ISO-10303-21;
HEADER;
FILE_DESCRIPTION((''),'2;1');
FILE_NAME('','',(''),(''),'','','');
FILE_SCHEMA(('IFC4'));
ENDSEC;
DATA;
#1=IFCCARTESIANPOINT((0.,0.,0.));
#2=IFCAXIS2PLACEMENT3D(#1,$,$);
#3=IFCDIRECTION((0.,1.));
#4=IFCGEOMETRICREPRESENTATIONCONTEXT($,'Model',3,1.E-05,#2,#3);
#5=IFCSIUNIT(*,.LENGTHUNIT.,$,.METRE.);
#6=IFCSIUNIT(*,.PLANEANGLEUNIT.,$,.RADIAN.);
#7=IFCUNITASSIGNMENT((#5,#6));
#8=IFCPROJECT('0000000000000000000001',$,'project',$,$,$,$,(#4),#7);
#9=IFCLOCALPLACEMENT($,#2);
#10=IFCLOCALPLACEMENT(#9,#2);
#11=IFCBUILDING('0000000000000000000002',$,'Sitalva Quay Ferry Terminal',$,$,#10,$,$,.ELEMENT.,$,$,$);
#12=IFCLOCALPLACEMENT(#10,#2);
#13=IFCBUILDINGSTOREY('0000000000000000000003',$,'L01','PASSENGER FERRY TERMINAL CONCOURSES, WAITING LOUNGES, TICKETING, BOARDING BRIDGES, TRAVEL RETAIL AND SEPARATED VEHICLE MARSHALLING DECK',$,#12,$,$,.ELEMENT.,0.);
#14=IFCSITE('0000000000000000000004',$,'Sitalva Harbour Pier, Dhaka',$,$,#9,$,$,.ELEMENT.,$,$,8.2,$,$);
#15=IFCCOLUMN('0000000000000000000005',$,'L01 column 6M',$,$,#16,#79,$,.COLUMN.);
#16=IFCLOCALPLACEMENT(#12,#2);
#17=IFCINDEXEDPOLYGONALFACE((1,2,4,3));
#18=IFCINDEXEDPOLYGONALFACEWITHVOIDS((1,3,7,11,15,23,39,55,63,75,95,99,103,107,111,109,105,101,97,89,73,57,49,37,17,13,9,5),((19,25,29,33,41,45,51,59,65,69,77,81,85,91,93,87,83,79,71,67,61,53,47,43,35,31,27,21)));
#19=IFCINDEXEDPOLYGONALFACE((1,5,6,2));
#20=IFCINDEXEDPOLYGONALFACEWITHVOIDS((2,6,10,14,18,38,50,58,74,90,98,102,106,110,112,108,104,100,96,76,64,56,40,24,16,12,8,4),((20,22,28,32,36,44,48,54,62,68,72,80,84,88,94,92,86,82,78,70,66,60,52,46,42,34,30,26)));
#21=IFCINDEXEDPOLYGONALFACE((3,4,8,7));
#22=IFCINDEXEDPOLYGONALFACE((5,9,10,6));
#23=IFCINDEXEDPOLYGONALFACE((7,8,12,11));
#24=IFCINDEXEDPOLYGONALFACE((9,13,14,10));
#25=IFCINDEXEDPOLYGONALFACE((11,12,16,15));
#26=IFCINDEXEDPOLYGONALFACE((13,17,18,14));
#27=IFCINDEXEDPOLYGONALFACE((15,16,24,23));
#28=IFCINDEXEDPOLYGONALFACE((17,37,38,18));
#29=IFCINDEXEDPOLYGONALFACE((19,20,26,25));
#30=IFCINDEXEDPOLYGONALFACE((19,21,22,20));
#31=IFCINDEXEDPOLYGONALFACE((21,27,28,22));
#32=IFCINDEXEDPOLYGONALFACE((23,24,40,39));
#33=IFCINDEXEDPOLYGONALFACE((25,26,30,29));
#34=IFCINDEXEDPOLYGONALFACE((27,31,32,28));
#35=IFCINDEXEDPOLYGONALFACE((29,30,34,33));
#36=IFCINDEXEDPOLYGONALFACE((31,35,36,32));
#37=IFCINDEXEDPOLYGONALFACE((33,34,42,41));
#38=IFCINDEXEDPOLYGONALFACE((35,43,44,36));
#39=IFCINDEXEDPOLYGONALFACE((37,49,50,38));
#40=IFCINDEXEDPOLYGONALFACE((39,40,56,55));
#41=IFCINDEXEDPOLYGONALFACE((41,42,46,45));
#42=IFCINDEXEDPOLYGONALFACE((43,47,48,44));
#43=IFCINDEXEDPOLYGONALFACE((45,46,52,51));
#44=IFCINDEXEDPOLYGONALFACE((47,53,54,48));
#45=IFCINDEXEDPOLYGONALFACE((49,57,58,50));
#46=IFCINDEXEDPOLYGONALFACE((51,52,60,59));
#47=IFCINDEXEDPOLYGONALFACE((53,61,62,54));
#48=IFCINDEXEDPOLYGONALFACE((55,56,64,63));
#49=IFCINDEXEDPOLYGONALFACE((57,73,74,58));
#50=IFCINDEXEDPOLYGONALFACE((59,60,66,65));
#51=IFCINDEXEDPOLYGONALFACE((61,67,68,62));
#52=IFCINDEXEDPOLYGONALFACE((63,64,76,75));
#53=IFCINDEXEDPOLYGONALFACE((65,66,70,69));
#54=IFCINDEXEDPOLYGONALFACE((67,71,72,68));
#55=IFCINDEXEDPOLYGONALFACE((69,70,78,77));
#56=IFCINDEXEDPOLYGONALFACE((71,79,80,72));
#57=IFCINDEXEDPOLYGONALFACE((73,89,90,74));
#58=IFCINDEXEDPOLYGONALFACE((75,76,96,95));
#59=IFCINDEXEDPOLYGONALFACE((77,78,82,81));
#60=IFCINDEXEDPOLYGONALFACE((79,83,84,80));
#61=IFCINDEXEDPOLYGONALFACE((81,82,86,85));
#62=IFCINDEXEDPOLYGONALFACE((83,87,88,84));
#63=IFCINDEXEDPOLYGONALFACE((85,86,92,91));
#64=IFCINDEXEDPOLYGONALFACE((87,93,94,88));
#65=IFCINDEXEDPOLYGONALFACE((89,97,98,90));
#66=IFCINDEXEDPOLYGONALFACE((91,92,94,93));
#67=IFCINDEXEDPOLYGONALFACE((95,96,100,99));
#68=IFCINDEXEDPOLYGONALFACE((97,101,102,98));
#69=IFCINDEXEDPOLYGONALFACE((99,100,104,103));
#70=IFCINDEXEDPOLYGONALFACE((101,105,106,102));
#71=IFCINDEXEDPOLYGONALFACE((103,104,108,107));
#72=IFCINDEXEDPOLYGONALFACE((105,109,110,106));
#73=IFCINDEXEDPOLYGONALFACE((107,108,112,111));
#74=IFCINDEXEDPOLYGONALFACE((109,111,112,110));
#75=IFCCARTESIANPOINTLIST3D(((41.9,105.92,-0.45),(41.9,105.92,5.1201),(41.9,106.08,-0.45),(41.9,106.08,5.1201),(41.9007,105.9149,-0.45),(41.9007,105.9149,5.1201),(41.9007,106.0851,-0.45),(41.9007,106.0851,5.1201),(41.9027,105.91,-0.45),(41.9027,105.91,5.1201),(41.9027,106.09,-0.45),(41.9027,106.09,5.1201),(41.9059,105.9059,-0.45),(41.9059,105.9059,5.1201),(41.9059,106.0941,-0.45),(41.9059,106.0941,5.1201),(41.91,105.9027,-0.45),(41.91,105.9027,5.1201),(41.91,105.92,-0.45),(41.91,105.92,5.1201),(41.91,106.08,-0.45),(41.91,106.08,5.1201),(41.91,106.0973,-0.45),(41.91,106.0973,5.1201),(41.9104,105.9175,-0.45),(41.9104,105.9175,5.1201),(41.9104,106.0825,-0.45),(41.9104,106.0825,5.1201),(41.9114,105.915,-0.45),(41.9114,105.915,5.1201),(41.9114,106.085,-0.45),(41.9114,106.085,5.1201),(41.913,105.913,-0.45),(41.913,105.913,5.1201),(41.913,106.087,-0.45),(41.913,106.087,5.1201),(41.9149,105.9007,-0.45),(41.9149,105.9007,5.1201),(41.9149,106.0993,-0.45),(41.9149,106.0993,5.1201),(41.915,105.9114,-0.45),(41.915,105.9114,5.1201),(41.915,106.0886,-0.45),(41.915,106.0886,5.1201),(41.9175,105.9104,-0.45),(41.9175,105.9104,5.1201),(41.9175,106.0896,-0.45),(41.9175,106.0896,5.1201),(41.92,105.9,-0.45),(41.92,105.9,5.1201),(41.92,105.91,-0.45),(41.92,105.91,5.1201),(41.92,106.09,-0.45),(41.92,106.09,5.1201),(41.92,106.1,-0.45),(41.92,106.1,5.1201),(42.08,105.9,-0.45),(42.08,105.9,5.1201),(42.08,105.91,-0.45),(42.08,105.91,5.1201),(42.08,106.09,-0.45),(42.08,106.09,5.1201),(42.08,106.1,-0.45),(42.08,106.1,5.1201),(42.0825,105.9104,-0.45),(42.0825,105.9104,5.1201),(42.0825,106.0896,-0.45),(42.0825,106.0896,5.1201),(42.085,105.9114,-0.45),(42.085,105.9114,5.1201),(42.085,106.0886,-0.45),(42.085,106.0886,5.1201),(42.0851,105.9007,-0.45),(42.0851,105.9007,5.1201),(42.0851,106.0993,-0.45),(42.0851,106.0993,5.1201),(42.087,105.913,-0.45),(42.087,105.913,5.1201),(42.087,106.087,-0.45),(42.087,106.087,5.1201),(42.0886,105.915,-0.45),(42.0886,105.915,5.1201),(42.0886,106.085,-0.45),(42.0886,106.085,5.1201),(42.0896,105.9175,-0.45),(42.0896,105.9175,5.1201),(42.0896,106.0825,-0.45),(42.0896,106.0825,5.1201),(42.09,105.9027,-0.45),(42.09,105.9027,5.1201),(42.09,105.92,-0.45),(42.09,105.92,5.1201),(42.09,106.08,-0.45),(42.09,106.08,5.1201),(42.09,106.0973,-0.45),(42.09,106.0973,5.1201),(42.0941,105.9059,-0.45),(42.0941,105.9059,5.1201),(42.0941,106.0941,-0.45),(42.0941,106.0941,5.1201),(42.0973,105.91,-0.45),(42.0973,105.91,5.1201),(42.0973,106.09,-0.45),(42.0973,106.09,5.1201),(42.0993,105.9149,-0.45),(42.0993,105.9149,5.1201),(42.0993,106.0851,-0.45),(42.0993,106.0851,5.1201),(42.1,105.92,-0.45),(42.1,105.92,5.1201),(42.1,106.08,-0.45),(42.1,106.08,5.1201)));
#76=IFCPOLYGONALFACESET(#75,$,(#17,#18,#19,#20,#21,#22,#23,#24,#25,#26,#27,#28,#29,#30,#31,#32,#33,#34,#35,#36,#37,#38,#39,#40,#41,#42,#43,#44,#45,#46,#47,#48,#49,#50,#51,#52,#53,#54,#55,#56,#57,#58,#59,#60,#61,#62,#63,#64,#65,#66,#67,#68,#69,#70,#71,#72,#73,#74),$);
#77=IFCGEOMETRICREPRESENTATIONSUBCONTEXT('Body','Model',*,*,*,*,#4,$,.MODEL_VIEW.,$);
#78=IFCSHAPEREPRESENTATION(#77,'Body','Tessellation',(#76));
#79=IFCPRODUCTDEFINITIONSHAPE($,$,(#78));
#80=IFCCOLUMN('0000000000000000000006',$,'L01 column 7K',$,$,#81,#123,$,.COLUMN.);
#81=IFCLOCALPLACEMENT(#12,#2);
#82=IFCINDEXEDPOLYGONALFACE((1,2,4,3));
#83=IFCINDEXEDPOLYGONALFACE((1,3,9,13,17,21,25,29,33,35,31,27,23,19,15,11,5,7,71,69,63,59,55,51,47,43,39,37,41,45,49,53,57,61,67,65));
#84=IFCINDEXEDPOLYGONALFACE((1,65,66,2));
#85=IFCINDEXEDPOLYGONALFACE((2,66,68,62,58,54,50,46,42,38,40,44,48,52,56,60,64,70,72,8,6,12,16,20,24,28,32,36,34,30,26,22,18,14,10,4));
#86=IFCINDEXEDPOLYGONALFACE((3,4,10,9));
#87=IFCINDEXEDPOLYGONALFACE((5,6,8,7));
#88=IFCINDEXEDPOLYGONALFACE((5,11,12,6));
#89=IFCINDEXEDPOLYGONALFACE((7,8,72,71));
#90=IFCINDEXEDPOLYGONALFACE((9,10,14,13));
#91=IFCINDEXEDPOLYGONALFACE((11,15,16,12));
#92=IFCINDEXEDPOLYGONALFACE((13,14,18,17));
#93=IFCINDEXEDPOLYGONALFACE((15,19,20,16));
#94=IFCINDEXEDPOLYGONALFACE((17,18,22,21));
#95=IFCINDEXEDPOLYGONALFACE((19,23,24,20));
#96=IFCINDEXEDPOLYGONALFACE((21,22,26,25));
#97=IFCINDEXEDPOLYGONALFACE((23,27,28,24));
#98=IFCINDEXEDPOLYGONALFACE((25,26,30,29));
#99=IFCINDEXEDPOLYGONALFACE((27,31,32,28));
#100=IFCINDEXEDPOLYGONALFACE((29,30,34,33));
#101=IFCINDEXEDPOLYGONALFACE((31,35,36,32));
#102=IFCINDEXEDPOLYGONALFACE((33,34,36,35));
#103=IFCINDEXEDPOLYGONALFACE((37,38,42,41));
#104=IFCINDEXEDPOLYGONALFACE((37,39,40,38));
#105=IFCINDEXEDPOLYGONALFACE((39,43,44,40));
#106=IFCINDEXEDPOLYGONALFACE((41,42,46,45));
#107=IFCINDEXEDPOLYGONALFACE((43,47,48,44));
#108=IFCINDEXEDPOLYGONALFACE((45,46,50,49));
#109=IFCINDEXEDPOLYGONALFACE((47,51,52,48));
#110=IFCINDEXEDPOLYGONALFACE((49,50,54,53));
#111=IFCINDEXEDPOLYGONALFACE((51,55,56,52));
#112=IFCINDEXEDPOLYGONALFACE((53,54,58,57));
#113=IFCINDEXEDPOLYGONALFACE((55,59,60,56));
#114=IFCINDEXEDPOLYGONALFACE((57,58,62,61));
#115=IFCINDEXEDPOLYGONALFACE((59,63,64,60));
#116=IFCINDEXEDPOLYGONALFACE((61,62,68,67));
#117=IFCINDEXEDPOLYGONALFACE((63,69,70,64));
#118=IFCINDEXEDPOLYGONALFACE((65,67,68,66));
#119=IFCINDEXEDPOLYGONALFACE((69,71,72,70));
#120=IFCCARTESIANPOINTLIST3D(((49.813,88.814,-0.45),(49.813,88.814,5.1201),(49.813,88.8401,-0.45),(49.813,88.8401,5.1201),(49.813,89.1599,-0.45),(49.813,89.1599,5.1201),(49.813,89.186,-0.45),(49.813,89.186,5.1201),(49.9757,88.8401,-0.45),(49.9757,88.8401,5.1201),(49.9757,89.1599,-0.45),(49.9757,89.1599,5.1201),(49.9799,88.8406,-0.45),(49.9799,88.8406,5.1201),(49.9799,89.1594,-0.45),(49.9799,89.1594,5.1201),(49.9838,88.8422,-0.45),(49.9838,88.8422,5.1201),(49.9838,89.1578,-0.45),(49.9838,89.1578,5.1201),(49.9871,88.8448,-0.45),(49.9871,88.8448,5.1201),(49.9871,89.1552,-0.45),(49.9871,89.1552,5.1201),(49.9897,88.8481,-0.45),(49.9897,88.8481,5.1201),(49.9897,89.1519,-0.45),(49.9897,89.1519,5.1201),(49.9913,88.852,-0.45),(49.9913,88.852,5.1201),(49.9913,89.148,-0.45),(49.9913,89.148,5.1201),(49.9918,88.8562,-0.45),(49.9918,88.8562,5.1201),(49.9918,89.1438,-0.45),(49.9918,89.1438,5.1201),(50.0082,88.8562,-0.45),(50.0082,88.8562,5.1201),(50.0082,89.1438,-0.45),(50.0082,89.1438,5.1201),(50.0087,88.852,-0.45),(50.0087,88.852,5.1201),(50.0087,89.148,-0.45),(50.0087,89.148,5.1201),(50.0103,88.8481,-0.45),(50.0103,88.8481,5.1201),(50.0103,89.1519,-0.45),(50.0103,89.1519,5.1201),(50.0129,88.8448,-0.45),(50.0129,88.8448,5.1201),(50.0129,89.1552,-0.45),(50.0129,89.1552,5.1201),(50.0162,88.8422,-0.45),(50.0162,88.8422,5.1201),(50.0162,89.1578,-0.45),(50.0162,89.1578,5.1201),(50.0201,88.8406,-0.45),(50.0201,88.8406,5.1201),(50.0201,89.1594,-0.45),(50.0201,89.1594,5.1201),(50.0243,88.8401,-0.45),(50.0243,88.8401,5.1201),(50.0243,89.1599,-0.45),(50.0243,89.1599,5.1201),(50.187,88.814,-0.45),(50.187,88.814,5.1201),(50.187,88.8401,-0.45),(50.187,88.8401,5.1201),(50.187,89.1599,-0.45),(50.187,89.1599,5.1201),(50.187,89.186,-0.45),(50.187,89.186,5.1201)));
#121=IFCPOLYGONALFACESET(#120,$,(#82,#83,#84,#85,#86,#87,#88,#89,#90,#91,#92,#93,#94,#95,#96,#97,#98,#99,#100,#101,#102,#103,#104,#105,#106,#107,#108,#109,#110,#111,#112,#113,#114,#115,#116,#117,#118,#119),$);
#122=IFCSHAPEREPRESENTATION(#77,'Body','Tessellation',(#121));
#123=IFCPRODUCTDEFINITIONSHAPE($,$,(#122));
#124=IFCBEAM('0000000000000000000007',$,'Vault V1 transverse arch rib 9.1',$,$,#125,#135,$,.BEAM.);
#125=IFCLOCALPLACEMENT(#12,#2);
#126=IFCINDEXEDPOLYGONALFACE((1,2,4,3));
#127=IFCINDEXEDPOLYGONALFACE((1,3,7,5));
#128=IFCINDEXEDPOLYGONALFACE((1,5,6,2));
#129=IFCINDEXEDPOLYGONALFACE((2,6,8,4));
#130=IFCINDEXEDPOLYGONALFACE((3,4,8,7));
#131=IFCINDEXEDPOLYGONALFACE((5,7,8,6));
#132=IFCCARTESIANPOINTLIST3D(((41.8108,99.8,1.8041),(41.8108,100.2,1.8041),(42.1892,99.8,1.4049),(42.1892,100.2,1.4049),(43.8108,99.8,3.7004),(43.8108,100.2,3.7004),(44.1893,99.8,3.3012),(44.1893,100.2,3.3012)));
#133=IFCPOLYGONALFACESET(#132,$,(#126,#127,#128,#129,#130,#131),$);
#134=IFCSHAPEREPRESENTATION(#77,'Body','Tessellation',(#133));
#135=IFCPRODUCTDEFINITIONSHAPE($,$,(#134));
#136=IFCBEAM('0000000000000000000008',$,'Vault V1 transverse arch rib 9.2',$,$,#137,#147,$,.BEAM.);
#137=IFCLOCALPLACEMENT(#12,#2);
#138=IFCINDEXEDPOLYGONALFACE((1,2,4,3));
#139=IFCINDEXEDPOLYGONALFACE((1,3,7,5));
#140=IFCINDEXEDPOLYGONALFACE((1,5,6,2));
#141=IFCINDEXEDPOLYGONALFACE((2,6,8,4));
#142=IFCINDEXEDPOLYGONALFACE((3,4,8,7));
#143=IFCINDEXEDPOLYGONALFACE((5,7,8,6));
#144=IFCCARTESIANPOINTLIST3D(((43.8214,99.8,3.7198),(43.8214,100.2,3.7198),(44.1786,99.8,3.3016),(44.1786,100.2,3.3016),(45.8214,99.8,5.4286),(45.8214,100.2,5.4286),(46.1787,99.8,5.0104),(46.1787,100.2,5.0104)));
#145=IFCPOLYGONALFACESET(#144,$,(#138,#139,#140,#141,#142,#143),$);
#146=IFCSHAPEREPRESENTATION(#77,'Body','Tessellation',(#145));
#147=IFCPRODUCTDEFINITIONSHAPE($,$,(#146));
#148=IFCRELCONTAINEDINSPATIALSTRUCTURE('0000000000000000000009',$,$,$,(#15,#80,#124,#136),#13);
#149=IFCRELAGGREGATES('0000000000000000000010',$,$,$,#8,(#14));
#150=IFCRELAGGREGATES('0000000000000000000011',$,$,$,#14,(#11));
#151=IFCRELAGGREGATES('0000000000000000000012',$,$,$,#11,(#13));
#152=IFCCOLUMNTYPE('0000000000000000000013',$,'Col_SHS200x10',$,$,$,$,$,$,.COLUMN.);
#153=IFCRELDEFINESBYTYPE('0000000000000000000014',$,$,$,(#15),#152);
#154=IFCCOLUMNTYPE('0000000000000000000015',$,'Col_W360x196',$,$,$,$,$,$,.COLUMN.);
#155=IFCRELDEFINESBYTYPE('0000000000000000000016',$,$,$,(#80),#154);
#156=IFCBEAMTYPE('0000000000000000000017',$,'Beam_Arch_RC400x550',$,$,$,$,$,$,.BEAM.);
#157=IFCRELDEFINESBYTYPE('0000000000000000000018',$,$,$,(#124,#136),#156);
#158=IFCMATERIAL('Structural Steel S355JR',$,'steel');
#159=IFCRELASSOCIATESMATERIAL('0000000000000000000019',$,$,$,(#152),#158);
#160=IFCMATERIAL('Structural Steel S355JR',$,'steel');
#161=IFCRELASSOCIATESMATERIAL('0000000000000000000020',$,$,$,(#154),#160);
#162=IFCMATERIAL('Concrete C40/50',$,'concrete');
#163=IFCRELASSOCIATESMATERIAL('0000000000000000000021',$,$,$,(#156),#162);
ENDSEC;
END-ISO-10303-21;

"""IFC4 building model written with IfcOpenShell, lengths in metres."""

from ifc_helpers import new_model, si_unit, direction, frame, origin, origin_2d, place, context, subcontext, project, spatial, rectangle, hollow_rectangle, i_section, extrude, material, material_profile, profile_set, type_object, element, save


model = new_model("IFC4")

# Units and contexts
model_context = context("Model", 3, precision=1e-05, world=origin(), true_north=direction((0.0, 1.0)))
body_context = subcontext(model_context, "Body", "Model", "MODEL_VIEW")
ifc_project = project(units=[si_unit("LENGTHUNIT", "METRE"), si_unit("PLANEANGLEUNIT", "RADIAN")], contexts=[model_context])

# Site, building, storey
site_placement = place(None, origin())
site = spatial("IfcSite", under=ifc_project, at=site_placement, Name="Sitalva Harbour Pier, Dhaka", CompositionType="ELEMENT", RefElevation=8.2)
building_placement = place(site_placement, origin())
building = spatial("IfcBuilding", under=site, at=building_placement, Name="Sitalva Quay Ferry Terminal", CompositionType="ELEMENT")
storey_placement = place(building_placement, origin())
storey = spatial("IfcBuildingStorey", under=building, at=storey_placement, Name="L01", Description="PASSENGER FERRY TERMINAL CONCOURSES, WAITING LOUNGES, TICKETING, BOARDING BRIDGES, TRAVEL RETAIL AND SEPARATED VEHICLE MARSHALLING DECK", CompositionType="ELEMENT", Elevation=0.0)

# Columns
ifc_material_1 = material(Name="Structural Steel S355JR", Category="steel")
ifc_material_profile_1 = material_profile(ifc_material_1, hollow_rectangle(XDim=0.2, YDim=0.2, WallThickness=0.01, InnerFilletRadius=0.01, OuterFilletRadius=0.02, at=origin_2d()), Name="SHS200x200x10")
ifc_profile_set_1 = profile_set([ifc_material_profile_1], Name="Structural Steel S355JR")
column_type_1 = type_object("IfcColumnType", Name="Col_SHS200x10", PredefinedType="COLUMN", material=ifc_profile_set_1)
column_1_placement = place(storey_placement, frame((42.0, 106.0, -0.45), z_axis=(0.0, 0.0, 1.0), x_axis=(1.0, 0.0, 0.0)))
element("IfcColumn", 1, at=column_1_placement, inside=storey, type_object=column_type_1, Name="L01 column 6M", PredefinedType="COLUMN", context=body_context, shape_type="SweptSolid", body=[
    extrude(hollow_rectangle(XDim=0.2, YDim=0.2, WallThickness=0.01, InnerFilletRadius=0.01, OuterFilletRadius=0.02, at=origin_2d()), origin(), (0.0, 0.0, 1.0), 5.5701),
])
ifc_material_2 = material(Name="Structural Steel S355JR", Category="steel")
ifc_material_profile_2 = material_profile(ifc_material_2, i_section(OverallWidth=0.374, OverallDepth=0.3721, WebThickness=0.0164, FlangeThickness=0.0261, FilletRadius=0.0161, at=origin_2d()), Name="W360x196")
ifc_profile_set_2 = profile_set([ifc_material_profile_2], Name="Structural Steel S355JR")
column_type_2 = type_object("IfcColumnType", Name="Col_W360x196", PredefinedType="COLUMN", material=ifc_profile_set_2)
column_2_placement = place(storey_placement, frame((50.0, 89.0, -0.45), z_axis=(0.0, 0.0, 1.0), x_axis=(1.0, 0.0, 0.0)))
element("IfcColumn", 2, at=column_2_placement, inside=storey, type_object=column_type_2, Name="L01 column 7K", PredefinedType="COLUMN", context=body_context, shape_type="SweptSolid", body=[
    extrude(i_section(OverallWidth=0.374, OverallDepth=0.3721, WebThickness=0.0164, FlangeThickness=0.0261, FilletRadius=0.0161, at=origin_2d()), origin(), (0.0, 0.0, 1.0), 5.5701),
])

# Beams
ifc_material_3 = material(Name="Concrete C40/50", Category="concrete")
ifc_material_profile_3 = material_profile(ifc_material_3, rectangle(XDim=0.3999, YDim=0.55, at=origin_2d()), Name="RC400x550")
ifc_profile_set_3 = profile_set([ifc_material_profile_3], Name="Concrete C40/50")
beam_type_1 = type_object("IfcBeamType", Name="Beam_Arch_RC400x550", PredefinedType="BEAM", material=ifc_profile_set_3)
beam_1_placement = place(storey_placement, frame((42.0, 100.0, 1.6045), z_axis=(0.72568, 0.0, 0.688032), x_axis=(0.0, 1.0, 0.0)))
element("IfcBeam", 3, at=beam_1_placement, inside=storey, type_object=beam_type_1, Name="Vault V1 transverse arch rib 9.1", PredefinedType="BEAM", context=body_context, shape_type="SweptSolid", body=[
    extrude(rectangle(XDim=0.3999, YDim=0.55, at=origin_2d()), origin(), (0.0, 0.0, 1.0), 2.7561),
])
beam_2_placement = place(storey_placement, frame((44.0, 100.0, 3.5107), z_axis=(0.760297, 0.0, 0.649575), x_axis=(0.0, 1.0, 0.0)))
element("IfcBeam", 4, at=beam_2_placement, inside=storey, type_object=beam_type_1, Name="Vault V1 transverse arch rib 9.2", PredefinedType="BEAM", context=body_context, shape_type="SweptSolid", body=[
    extrude(rectangle(XDim=0.3999, YDim=0.55, at=origin_2d()), origin(), (0.0, 0.0, 1.0), 2.6306),
])

save(model, "model.ifc")
